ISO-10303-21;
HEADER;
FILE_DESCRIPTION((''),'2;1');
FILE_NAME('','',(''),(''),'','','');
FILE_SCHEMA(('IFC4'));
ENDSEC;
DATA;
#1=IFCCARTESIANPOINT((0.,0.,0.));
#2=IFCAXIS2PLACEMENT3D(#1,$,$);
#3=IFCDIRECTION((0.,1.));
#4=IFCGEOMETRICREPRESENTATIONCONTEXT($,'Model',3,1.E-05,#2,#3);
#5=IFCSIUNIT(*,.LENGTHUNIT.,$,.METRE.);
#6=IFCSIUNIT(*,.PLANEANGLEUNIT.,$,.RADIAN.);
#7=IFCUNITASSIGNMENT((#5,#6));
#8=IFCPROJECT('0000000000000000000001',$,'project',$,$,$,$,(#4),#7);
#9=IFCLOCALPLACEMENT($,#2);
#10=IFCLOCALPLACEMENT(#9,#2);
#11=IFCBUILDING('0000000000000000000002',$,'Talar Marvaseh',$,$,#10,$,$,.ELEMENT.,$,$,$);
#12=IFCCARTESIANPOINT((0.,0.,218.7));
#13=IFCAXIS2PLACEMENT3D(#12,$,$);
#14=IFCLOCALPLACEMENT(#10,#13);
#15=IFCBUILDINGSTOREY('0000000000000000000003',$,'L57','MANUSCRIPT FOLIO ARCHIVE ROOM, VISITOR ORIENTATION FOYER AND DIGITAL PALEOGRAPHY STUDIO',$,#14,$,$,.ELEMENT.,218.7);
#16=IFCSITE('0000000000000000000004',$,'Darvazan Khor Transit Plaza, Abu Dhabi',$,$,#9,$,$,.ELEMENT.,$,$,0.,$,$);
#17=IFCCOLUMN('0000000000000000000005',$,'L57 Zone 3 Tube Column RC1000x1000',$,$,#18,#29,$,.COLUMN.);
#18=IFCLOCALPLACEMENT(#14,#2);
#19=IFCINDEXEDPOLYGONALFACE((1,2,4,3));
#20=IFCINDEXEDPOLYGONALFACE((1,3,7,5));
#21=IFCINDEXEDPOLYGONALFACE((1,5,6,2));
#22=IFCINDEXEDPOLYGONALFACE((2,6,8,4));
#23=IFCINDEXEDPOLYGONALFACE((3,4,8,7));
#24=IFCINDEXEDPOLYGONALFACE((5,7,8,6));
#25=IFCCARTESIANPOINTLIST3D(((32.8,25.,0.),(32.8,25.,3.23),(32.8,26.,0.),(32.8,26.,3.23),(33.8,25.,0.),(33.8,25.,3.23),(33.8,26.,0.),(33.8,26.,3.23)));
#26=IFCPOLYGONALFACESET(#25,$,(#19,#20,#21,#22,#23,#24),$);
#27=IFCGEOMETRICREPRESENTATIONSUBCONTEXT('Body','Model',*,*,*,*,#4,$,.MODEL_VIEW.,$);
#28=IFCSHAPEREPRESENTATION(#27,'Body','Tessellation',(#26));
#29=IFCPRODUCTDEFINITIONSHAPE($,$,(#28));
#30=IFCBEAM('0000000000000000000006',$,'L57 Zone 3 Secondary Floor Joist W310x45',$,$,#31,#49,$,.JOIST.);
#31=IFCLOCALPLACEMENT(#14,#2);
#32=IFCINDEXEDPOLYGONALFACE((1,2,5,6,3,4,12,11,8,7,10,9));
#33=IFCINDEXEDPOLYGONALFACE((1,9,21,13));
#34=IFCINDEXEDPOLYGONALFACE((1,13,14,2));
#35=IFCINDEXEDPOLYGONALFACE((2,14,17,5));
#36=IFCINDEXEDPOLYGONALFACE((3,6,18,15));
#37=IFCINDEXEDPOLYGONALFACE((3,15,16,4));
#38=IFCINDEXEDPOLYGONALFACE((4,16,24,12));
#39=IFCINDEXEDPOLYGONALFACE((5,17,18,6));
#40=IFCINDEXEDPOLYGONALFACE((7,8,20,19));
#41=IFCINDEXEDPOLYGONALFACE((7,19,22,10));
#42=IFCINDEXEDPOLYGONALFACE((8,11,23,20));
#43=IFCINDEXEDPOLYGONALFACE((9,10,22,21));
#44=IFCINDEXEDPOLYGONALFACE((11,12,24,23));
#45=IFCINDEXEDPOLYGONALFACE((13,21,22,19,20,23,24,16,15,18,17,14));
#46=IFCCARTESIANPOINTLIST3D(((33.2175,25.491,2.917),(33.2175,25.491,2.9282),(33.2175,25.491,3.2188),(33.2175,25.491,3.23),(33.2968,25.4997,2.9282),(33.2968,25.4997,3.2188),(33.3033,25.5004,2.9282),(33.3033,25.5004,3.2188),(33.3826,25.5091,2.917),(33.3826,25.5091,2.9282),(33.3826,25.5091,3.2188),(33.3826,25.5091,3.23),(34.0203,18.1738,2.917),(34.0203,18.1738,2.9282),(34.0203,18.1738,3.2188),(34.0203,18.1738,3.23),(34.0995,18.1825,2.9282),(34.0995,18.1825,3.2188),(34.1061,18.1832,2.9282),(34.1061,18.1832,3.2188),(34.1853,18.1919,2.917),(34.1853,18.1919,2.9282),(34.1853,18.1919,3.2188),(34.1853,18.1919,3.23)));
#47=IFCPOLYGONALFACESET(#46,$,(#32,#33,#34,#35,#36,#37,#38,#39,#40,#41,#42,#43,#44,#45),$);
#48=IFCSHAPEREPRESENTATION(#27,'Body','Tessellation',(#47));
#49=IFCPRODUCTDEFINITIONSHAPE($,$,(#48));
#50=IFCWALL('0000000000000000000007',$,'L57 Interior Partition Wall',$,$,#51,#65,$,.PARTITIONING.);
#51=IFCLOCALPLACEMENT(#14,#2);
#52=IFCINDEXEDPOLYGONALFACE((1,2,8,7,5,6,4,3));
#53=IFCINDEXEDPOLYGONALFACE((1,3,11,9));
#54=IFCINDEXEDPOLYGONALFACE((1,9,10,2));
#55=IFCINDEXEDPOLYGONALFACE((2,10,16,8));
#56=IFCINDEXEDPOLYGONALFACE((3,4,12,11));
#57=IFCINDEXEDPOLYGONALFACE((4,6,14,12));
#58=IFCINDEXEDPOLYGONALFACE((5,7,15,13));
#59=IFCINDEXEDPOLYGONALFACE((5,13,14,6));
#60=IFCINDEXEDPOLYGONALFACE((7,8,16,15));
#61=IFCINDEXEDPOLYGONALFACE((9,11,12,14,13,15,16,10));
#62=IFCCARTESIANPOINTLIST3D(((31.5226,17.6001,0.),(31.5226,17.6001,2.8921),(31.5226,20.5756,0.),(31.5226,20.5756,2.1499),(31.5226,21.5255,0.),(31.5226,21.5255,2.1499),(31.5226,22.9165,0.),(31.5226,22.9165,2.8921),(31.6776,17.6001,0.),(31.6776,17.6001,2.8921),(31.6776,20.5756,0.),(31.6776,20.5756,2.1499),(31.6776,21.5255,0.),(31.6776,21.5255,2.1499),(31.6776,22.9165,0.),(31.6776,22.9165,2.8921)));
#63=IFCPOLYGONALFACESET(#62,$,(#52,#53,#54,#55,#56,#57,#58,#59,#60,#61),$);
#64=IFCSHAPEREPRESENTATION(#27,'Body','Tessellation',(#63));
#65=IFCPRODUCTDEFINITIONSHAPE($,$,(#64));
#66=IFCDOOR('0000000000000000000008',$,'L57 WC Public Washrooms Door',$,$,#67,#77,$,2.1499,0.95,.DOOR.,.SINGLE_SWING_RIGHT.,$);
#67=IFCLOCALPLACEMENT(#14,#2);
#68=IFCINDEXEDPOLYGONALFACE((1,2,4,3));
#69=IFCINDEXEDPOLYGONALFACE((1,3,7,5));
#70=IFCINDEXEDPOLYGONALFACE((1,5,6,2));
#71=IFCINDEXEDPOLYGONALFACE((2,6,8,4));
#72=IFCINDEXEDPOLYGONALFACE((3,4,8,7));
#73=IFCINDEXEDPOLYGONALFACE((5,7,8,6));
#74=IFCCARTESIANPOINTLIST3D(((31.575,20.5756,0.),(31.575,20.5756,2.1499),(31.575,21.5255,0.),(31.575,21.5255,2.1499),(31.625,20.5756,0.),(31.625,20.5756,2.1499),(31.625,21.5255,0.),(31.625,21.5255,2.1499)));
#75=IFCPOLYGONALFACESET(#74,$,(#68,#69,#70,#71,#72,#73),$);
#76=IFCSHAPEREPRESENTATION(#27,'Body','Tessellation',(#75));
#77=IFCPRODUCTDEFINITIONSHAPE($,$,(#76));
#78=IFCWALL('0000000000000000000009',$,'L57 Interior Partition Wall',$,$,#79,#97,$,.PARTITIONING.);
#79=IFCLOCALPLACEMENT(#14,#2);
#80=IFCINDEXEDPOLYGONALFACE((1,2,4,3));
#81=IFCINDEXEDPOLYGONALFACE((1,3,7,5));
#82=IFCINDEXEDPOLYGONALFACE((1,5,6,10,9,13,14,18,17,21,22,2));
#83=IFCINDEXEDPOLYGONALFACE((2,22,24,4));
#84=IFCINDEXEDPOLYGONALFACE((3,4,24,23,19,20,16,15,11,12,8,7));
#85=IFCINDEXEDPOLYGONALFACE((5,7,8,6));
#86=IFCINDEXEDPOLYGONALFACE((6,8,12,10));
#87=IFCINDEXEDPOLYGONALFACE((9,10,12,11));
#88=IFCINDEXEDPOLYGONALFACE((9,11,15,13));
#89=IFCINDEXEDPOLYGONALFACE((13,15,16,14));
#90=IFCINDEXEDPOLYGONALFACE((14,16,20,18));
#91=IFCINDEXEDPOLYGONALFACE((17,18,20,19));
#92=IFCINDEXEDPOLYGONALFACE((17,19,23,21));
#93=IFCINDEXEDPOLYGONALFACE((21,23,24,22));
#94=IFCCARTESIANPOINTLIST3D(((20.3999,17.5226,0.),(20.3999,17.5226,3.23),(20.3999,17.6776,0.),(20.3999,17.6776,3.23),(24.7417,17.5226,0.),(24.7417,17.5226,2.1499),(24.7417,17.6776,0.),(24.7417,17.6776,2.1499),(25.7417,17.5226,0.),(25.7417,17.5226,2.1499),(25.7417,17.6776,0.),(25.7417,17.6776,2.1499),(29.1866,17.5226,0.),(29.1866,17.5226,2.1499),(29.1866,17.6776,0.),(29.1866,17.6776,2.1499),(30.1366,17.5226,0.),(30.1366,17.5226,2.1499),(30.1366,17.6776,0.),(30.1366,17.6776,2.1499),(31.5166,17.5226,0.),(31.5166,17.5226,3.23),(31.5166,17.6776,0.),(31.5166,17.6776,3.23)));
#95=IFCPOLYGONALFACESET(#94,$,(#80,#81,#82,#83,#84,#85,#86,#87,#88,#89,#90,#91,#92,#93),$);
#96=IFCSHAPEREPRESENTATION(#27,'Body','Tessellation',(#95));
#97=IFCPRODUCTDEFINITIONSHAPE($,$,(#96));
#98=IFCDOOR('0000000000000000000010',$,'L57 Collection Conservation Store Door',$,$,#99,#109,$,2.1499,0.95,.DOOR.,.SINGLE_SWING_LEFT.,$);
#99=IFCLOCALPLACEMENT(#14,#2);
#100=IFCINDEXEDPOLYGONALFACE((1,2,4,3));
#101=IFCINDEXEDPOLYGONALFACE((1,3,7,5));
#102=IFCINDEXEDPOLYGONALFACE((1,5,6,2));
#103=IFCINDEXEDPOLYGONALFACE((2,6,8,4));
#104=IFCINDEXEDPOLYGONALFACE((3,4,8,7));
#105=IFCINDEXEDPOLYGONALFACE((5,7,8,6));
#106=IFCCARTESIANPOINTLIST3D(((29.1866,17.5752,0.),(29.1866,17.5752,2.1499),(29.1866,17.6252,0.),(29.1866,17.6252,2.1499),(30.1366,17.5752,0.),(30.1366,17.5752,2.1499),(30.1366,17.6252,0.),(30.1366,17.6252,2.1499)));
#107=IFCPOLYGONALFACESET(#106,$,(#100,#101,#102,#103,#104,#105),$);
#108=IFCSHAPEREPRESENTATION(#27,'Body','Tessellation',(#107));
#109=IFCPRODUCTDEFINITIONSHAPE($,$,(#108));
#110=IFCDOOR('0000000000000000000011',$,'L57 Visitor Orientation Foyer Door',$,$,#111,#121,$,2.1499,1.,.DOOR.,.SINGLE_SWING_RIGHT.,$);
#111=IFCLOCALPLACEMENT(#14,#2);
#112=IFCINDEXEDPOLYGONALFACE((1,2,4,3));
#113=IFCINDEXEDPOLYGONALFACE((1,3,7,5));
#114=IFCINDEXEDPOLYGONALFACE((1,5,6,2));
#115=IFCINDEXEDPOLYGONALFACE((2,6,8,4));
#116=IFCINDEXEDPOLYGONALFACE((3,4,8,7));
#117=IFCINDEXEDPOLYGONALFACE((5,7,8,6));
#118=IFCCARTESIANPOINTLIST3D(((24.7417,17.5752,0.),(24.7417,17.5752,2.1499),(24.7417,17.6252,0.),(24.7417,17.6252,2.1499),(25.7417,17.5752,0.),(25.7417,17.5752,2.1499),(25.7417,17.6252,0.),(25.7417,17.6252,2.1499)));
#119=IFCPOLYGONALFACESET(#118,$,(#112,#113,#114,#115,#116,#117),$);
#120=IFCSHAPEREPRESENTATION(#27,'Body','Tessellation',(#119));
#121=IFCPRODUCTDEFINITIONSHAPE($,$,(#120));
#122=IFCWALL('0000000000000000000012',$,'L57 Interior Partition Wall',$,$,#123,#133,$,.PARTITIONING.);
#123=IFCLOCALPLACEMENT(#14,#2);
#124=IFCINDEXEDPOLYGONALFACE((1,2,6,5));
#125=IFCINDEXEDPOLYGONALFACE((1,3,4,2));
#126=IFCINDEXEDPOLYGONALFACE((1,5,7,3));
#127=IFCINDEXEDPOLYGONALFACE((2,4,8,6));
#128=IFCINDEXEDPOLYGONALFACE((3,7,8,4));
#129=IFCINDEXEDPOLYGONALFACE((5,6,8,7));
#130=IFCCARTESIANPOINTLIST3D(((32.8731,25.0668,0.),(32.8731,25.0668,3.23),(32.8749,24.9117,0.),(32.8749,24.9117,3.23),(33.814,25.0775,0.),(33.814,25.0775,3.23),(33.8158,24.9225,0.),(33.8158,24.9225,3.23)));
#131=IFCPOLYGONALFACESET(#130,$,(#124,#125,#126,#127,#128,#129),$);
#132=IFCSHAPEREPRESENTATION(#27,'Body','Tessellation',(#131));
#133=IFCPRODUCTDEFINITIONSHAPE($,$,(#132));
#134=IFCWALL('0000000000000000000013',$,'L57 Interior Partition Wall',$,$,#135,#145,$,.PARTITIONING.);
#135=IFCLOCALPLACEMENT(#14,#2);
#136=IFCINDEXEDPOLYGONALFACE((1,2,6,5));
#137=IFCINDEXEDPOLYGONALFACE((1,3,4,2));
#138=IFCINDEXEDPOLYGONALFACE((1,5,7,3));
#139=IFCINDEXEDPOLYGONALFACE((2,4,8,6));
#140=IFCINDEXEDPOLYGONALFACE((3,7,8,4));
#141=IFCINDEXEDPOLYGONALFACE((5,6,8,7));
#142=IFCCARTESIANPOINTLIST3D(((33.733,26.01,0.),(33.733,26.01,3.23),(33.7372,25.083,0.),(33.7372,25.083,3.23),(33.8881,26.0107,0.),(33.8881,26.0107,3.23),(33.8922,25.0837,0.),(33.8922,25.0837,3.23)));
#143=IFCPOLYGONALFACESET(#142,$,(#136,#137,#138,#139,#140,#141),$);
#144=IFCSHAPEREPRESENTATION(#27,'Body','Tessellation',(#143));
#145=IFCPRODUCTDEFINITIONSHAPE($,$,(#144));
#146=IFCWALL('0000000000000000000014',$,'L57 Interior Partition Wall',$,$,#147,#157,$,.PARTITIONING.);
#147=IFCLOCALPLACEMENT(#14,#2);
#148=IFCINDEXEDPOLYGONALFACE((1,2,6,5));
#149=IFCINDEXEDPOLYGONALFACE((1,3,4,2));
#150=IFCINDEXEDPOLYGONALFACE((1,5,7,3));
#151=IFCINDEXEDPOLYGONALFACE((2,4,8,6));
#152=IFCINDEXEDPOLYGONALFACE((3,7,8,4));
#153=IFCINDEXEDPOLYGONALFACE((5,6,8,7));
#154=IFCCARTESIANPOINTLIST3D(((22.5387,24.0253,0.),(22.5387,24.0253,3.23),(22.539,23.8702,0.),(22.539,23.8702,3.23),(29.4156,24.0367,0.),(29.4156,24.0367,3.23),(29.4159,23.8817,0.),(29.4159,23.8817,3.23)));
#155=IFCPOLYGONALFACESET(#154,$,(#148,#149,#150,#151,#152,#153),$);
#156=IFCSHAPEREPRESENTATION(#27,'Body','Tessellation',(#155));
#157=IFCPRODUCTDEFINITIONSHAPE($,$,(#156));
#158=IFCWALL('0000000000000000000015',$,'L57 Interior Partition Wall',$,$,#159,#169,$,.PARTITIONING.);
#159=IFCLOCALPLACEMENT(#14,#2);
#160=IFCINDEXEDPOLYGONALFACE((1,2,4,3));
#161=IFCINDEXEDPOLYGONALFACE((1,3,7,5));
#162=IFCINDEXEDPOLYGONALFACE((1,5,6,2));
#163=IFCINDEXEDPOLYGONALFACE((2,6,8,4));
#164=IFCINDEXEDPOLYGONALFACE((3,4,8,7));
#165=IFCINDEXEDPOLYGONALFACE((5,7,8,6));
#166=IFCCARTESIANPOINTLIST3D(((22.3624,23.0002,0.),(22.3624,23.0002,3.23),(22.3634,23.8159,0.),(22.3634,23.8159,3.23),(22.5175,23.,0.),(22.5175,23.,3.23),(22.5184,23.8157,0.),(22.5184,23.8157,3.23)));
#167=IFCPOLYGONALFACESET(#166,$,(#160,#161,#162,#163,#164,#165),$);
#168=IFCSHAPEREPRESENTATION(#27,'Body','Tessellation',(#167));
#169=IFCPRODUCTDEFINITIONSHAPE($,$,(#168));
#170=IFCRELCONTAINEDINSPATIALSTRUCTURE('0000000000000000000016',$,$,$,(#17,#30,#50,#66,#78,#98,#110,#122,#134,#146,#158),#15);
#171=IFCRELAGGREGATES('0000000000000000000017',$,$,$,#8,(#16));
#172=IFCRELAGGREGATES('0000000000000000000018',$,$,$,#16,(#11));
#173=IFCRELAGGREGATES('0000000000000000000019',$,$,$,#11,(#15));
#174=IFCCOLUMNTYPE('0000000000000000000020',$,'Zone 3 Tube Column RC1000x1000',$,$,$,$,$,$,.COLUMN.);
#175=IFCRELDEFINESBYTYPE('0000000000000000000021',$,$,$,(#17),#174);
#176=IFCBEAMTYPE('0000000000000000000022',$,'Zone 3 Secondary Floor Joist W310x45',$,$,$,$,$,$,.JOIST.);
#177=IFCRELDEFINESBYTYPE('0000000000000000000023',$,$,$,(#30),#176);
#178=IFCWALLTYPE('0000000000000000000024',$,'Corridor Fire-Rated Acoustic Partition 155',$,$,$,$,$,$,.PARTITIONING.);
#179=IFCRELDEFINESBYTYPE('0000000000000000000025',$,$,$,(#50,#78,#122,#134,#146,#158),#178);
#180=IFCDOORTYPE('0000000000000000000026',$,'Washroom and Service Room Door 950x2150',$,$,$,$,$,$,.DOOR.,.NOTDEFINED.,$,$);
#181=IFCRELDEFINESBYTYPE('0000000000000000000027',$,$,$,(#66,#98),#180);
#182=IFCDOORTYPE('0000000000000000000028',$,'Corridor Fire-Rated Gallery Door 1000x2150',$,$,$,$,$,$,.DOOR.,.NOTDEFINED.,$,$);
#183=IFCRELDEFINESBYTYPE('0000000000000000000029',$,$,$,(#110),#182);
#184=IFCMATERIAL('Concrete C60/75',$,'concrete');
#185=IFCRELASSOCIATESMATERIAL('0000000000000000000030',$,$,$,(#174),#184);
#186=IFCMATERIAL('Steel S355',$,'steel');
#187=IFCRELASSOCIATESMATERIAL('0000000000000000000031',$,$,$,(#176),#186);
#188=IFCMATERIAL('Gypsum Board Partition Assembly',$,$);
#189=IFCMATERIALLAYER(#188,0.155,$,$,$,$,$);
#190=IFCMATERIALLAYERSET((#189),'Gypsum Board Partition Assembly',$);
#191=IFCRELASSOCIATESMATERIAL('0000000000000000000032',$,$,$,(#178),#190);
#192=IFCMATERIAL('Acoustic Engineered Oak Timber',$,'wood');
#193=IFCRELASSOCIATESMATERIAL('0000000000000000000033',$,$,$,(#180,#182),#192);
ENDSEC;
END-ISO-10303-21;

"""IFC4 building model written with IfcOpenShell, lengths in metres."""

from ifc_helpers import new_model, si_unit, direction, frame, frame_2d, origin, origin_2d, place, context, subcontext, project, spatial, rectangle, i_section, extrude, source, transform, mapped, material, layer, layer_set, material_profile, profile_set, type_object, type_shapes, element, fill, save


model = new_model("IFC4")

# Units and contexts
model_context = context("Model", 3, precision=1e-05, world=origin(), true_north=direction((0.0, 1.0)))
body_context = subcontext(model_context, "Body", "Model", "MODEL_VIEW")
ifc_project = project(units=[si_unit("LENGTHUNIT", "METRE"), si_unit("PLANEANGLEUNIT", "RADIAN")], contexts=[model_context])

# Site, building, storey
site_placement = place(None, origin())
site = spatial("IfcSite", under=ifc_project, at=site_placement, Name="Darvazan Khor Transit Plaza, Abu Dhabi", CompositionType="ELEMENT", RefElevation=0.0)
building_placement = place(site_placement, origin())
building = spatial("IfcBuilding", under=site, at=building_placement, Name="Talar Marvaseh", CompositionType="ELEMENT")
storey_placement = place(building_placement, frame((0.0, 0.0, 218.7)))
storey = spatial("IfcBuildingStorey", under=building, at=storey_placement, Name="L57", Description="MANUSCRIPT FOLIO ARCHIVE ROOM, VISITOR ORIENTATION FOYER AND DIGITAL PALEOGRAPHY STUDIO", CompositionType="ELEMENT", Elevation=218.7)

# Column
ifc_material_1 = material(Name="Concrete C60/75", Category="concrete")
ifc_material_profile_1 = material_profile(ifc_material_1, rectangle(XDim=1.0, YDim=1.0, at=origin_2d()), Name="RC1000x1000")
ifc_profile_set_1 = profile_set([ifc_material_profile_1], Name="Concrete C60/75")
column_type = type_object("IfcColumnType", Name="Zone 3 Tube Column RC1000x1000", PredefinedType="COLUMN", material=ifc_profile_set_1)
column_placement = place(storey_placement, frame((33.3, 25.5, 0.0), z_axis=(0.0, 0.0, 1.0), x_axis=(1.0, 0.0, 0.0)))
element("IfcColumn", 1, at=column_placement, inside=storey, type_object=column_type, Name="L57 Zone 3 Tube Column RC1000x1000", PredefinedType="COLUMN", context=body_context, shape_type="SweptSolid", body=[
    extrude(rectangle(XDim=1.0, YDim=1.0, at=origin_2d()), origin(), (0.0, 0.0, 1.0), 3.23),
])

# Beam
ifc_material_2 = material(Name="Steel S355", Category="steel")
ifc_material_profile_2 = material_profile(ifc_material_2, i_section(OverallWidth=0.166, OverallDepth=0.313, WebThickness=0.0066, FlangeThickness=0.0112, at=origin_2d()), Name="W310x45")
ifc_profile_set_2 = profile_set([ifc_material_profile_2], Name="Steel S355")
beam_type = type_object("IfcBeamType", Name="Zone 3 Secondary Floor Joist W310x45", PredefinedType="JOIST", material=ifc_profile_set_2)
beam_placement = place(storey_placement, frame((34.1028, 18.1829, 3.0735), z_axis=(-0.109052, 0.994036, 0.0), x_axis=(-0.994036, -0.109052, 0.0)))
element("IfcBeam", 2, at=beam_placement, inside=storey, type_object=beam_type, Name="L57 Zone 3 Secondary Floor Joist W310x45", PredefinedType="JOIST", context=body_context, shape_type="SweptSolid", body=[
    extrude(i_section(OverallWidth=0.166, OverallDepth=0.313, WebThickness=0.0066, FlangeThickness=0.0112, at=origin_2d()), origin(), (0.0, 0.0, 1.0), 7.3611),
])

# Wall, opening, door
ifc_material_3 = material(Name="Gypsum Board Partition Assembly")
ifc_layer_1 = layer(ifc_material_3, 0.155)
ifc_layer_set_1 = layer_set([ifc_layer_1], Name="Gypsum Board Partition Assembly")
wall_type_1 = type_object("IfcWallType", Name="Corridor Fire-Rated Acoustic Partition 155", PredefinedType="PARTITIONING", material=ifc_layer_set_1)
wall_1_placement = place(storey_placement, frame((31.6001, 22.9165, 0.0), z_axis=(0.0, 0.0, 1.0), x_axis=(0.0, -1.0, 0.0)))
wall_1 = element("IfcWall", 3, at=wall_1_placement, inside=storey, type_object=wall_type_1, Name="L57 Interior Partition Wall", PredefinedType="PARTITIONING", context=body_context, shape_type="SweptSolid", body=[
    extrude(rectangle(XDim=5.3164, YDim=0.155, at=frame_2d((2.6582, 0.0))), origin(), (0.0, 0.0, 1.0), 2.8921),
])
opening_1_placement = place(wall_1_placement, frame((1.3909, 0.0, 0.0)))
opening_1 = element("IfcOpeningElement", 4, at=opening_1_placement, cuts=wall_1, PredefinedType="OPENING", context=body_context, shape_type="SweptSolid", body=[
    extrude(rectangle(XDim=0.95, YDim=2.1499, at=frame_2d((0.4751, 1.075))), frame((0.0, 0.0874, 0.0), z_axis=(0.0, -1.0, 0.0), x_axis=(1.0, 0.0, 0.0)), (0.0, 0.0, 1.0), 0.175),
])
ifc_material_4 = material(Name="Acoustic Engineered Oak Timber", Category="wood")
door_type_1 = type_object("IfcDoorType", Name="Washroom and Service Room Door 950x2150", OperationType="NOTDEFINED", PredefinedType="DOOR", material=ifc_material_4)
shared_shape_1 = source(origin(), body_context, "Body", "SweptSolid", [
    extrude(rectangle(XDim=0.95, YDim=2.1499, at=frame_2d((0.4751, 1.075))), frame((0.0, 0.0249, 0.0), z_axis=(0.0, -1.0, 0.0), x_axis=(1.0, 0.0, 0.0)), (0.0, 0.0, 1.0), 0.05),
])
type_shapes(door_type_1, [shared_shape_1])
door_1_placement = place(opening_1_placement, origin())
door_1 = element("IfcDoor", 5, at=door_1_placement, inside=storey, type_object=door_type_1, Name="L57 WC Public Washrooms Door", OperationType="SINGLE_SWING_RIGHT", OverallHeight=2.1499, OverallWidth=0.95, PredefinedType="DOOR", context=body_context, shape_type="MappedRepresentation", body=[
    mapped(shared_shape_1, transform((0.0, 0.0, 0.0), x_axis=(1.0, 0.0, 0.0), y_axis=(0.0, 1.0, 0.0), z_axis=(0.0, 0.0, 1.0), scale=1.0)),
])
fill(opening_1, door_1)

# Wall, openings, doors
wall_2_placement = place(storey_placement, frame((31.5166, 17.6001, 0.0), z_axis=(0.0, 0.0, 1.0), x_axis=(-1.0, 0.0, 0.0)))
wall_2 = element("IfcWall", 6, at=wall_2_placement, inside=storey, type_object=wall_type_1, Name="L57 Interior Partition Wall", PredefinedType="PARTITIONING", context=body_context, shape_type="SweptSolid", body=[
    extrude(rectangle(XDim=11.1167, YDim=0.155, at=frame_2d((5.5583, 0.0))), origin(), (0.0, 0.0, 1.0), 3.23),
])
opening_2_placement = place(wall_2_placement, frame((5.7749, 0.0, 0.0)))
opening_2 = element("IfcOpeningElement", 7, at=opening_2_placement, cuts=wall_2, PredefinedType="OPENING", context=body_context, shape_type="SweptSolid", body=[
    extrude(rectangle(XDim=1.0, YDim=2.1499, at=frame_2d((0.5, 1.075))), frame((0.0, 0.0874, 0.0), z_axis=(0.0, -1.0, 0.0), x_axis=(1.0, 0.0, 0.0)), (0.0, 0.0, 1.0), 0.175),
])
opening_3_placement = place(wall_2_placement, frame((1.3799, 0.0, 0.0)))
opening_3 = element("IfcOpeningElement", 8, at=opening_3_placement, cuts=wall_2, PredefinedType="OPENING", context=body_context, shape_type="SweptSolid", body=[
    extrude(rectangle(XDim=0.95, YDim=2.1499, at=frame_2d((0.4751, 1.075))), frame((0.0, 0.0874, 0.0), z_axis=(0.0, -1.0, 0.0), x_axis=(1.0, 0.0, 0.0)), (0.0, 0.0, 1.0), 0.175),
])
door_2_placement = place(opening_3_placement, origin())
door_2 = element("IfcDoor", 9, at=door_2_placement, inside=storey, type_object=door_type_1, Name="L57 Collection Conservation Store Door", OperationType="SINGLE_SWING_LEFT", OverallHeight=2.1499, OverallWidth=0.95, PredefinedType="DOOR", context=body_context, shape_type="MappedRepresentation", body=[
    mapped(shared_shape_1, transform((0.0, 0.0, 0.0), x_axis=(1.0, 0.0, 0.0), y_axis=(0.0, 1.0, 0.0), z_axis=(0.0, 0.0, 1.0), scale=1.0)),
])
fill(opening_3, door_2)
door_type_2 = type_object("IfcDoorType", Name="Corridor Fire-Rated Gallery Door 1000x2150", OperationType="NOTDEFINED", PredefinedType="DOOR", material=ifc_material_4)
shared_shape_2 = source(origin(), body_context, "Body", "SweptSolid", [
    extrude(rectangle(XDim=1.0, YDim=2.1499, at=frame_2d((0.5, 1.075))), frame((0.0, 0.0249, 0.0), z_axis=(0.0, -1.0, 0.0), x_axis=(1.0, 0.0, 0.0)), (0.0, 0.0, 1.0), 0.05),
])
type_shapes(door_type_2, [shared_shape_2])
door_3_placement = place(opening_2_placement, origin())
door_3 = element("IfcDoor", 10, at=door_3_placement, inside=storey, type_object=door_type_2, Name="L57 Visitor Orientation Foyer Door", OperationType="SINGLE_SWING_RIGHT", OverallHeight=2.1499, OverallWidth=1.0, PredefinedType="DOOR", context=body_context, shape_type="MappedRepresentation", body=[
    mapped(shared_shape_2, transform((0.0, 0.0, 0.0), x_axis=(1.0, 0.0, 0.0), y_axis=(0.0, 1.0, 0.0), z_axis=(0.0, 0.0, 1.0), scale=1.0)),
])
fill(opening_2, door_3)

# Walls
wall_3_placement = place(storey_placement, frame((32.874, 24.9893, 0.0), z_axis=(0.0, 0.0, 1.0), x_axis=(0.999935, 0.011416, 0.0)))
element("IfcWall", 11, at=wall_3_placement, inside=storey, type_object=wall_type_1, Name="L57 Interior Partition Wall", PredefinedType="PARTITIONING", context=body_context, shape_type="SweptSolid", body=[
    extrude(rectangle(XDim=0.9409, YDim=0.155, at=frame_2d((0.4705, 0.0))), origin(), (0.0, 0.0, 1.0), 3.23),
])
wall_4_placement = place(storey_placement, frame((33.8147, 25.0835, 0.0), z_axis=(0.0, 0.0, 1.0), x_axis=(-0.004477, 0.99999, 0.0)))
element("IfcWall", 12, at=wall_4_placement, inside=storey, type_object=wall_type_1, Name="L57 Interior Partition Wall", PredefinedType="PARTITIONING", context=body_context, shape_type="SweptSolid", body=[
    extrude(rectangle(XDim=0.927, YDim=0.155, at=frame_2d((0.4634, 0.0))), origin(), (0.0, 0.0, 1.0), 3.23),
])
wall_5_placement = place(storey_placement, frame((29.4158, 23.9592, 0.0), z_axis=(0.0, 0.0, 1.0), x_axis=(-0.999999, -0.001669, 0.0)))
element("IfcWall", 13, at=wall_5_placement, inside=storey, type_object=wall_type_1, Name="L57 Interior Partition Wall", PredefinedType="PARTITIONING", context=body_context, shape_type="SweptSolid", body=[
    extrude(rectangle(XDim=6.877, YDim=0.155, at=frame_2d((3.4385, 0.0))), origin(), (0.0, 0.0, 1.0), 3.23),
])
wall_6_placement = place(storey_placement, frame((22.4409, 23.8157, 0.0), z_axis=(0.0, 0.0, 1.0), x_axis=(-0.001197, -0.999999, 0.0)))
element("IfcWall", 14, at=wall_6_placement, inside=storey, type_object=wall_type_1, Name="L57 Interior Partition Wall", PredefinedType="PARTITIONING", context=body_context, shape_type="SweptSolid", body=[
    extrude(rectangle(XDim=0.8157, YDim=0.155, at=frame_2d((0.4077, 0.0))), origin(), (0.0, 0.0, 1.0), 3.23),
])

save(model, "model.ifc")
